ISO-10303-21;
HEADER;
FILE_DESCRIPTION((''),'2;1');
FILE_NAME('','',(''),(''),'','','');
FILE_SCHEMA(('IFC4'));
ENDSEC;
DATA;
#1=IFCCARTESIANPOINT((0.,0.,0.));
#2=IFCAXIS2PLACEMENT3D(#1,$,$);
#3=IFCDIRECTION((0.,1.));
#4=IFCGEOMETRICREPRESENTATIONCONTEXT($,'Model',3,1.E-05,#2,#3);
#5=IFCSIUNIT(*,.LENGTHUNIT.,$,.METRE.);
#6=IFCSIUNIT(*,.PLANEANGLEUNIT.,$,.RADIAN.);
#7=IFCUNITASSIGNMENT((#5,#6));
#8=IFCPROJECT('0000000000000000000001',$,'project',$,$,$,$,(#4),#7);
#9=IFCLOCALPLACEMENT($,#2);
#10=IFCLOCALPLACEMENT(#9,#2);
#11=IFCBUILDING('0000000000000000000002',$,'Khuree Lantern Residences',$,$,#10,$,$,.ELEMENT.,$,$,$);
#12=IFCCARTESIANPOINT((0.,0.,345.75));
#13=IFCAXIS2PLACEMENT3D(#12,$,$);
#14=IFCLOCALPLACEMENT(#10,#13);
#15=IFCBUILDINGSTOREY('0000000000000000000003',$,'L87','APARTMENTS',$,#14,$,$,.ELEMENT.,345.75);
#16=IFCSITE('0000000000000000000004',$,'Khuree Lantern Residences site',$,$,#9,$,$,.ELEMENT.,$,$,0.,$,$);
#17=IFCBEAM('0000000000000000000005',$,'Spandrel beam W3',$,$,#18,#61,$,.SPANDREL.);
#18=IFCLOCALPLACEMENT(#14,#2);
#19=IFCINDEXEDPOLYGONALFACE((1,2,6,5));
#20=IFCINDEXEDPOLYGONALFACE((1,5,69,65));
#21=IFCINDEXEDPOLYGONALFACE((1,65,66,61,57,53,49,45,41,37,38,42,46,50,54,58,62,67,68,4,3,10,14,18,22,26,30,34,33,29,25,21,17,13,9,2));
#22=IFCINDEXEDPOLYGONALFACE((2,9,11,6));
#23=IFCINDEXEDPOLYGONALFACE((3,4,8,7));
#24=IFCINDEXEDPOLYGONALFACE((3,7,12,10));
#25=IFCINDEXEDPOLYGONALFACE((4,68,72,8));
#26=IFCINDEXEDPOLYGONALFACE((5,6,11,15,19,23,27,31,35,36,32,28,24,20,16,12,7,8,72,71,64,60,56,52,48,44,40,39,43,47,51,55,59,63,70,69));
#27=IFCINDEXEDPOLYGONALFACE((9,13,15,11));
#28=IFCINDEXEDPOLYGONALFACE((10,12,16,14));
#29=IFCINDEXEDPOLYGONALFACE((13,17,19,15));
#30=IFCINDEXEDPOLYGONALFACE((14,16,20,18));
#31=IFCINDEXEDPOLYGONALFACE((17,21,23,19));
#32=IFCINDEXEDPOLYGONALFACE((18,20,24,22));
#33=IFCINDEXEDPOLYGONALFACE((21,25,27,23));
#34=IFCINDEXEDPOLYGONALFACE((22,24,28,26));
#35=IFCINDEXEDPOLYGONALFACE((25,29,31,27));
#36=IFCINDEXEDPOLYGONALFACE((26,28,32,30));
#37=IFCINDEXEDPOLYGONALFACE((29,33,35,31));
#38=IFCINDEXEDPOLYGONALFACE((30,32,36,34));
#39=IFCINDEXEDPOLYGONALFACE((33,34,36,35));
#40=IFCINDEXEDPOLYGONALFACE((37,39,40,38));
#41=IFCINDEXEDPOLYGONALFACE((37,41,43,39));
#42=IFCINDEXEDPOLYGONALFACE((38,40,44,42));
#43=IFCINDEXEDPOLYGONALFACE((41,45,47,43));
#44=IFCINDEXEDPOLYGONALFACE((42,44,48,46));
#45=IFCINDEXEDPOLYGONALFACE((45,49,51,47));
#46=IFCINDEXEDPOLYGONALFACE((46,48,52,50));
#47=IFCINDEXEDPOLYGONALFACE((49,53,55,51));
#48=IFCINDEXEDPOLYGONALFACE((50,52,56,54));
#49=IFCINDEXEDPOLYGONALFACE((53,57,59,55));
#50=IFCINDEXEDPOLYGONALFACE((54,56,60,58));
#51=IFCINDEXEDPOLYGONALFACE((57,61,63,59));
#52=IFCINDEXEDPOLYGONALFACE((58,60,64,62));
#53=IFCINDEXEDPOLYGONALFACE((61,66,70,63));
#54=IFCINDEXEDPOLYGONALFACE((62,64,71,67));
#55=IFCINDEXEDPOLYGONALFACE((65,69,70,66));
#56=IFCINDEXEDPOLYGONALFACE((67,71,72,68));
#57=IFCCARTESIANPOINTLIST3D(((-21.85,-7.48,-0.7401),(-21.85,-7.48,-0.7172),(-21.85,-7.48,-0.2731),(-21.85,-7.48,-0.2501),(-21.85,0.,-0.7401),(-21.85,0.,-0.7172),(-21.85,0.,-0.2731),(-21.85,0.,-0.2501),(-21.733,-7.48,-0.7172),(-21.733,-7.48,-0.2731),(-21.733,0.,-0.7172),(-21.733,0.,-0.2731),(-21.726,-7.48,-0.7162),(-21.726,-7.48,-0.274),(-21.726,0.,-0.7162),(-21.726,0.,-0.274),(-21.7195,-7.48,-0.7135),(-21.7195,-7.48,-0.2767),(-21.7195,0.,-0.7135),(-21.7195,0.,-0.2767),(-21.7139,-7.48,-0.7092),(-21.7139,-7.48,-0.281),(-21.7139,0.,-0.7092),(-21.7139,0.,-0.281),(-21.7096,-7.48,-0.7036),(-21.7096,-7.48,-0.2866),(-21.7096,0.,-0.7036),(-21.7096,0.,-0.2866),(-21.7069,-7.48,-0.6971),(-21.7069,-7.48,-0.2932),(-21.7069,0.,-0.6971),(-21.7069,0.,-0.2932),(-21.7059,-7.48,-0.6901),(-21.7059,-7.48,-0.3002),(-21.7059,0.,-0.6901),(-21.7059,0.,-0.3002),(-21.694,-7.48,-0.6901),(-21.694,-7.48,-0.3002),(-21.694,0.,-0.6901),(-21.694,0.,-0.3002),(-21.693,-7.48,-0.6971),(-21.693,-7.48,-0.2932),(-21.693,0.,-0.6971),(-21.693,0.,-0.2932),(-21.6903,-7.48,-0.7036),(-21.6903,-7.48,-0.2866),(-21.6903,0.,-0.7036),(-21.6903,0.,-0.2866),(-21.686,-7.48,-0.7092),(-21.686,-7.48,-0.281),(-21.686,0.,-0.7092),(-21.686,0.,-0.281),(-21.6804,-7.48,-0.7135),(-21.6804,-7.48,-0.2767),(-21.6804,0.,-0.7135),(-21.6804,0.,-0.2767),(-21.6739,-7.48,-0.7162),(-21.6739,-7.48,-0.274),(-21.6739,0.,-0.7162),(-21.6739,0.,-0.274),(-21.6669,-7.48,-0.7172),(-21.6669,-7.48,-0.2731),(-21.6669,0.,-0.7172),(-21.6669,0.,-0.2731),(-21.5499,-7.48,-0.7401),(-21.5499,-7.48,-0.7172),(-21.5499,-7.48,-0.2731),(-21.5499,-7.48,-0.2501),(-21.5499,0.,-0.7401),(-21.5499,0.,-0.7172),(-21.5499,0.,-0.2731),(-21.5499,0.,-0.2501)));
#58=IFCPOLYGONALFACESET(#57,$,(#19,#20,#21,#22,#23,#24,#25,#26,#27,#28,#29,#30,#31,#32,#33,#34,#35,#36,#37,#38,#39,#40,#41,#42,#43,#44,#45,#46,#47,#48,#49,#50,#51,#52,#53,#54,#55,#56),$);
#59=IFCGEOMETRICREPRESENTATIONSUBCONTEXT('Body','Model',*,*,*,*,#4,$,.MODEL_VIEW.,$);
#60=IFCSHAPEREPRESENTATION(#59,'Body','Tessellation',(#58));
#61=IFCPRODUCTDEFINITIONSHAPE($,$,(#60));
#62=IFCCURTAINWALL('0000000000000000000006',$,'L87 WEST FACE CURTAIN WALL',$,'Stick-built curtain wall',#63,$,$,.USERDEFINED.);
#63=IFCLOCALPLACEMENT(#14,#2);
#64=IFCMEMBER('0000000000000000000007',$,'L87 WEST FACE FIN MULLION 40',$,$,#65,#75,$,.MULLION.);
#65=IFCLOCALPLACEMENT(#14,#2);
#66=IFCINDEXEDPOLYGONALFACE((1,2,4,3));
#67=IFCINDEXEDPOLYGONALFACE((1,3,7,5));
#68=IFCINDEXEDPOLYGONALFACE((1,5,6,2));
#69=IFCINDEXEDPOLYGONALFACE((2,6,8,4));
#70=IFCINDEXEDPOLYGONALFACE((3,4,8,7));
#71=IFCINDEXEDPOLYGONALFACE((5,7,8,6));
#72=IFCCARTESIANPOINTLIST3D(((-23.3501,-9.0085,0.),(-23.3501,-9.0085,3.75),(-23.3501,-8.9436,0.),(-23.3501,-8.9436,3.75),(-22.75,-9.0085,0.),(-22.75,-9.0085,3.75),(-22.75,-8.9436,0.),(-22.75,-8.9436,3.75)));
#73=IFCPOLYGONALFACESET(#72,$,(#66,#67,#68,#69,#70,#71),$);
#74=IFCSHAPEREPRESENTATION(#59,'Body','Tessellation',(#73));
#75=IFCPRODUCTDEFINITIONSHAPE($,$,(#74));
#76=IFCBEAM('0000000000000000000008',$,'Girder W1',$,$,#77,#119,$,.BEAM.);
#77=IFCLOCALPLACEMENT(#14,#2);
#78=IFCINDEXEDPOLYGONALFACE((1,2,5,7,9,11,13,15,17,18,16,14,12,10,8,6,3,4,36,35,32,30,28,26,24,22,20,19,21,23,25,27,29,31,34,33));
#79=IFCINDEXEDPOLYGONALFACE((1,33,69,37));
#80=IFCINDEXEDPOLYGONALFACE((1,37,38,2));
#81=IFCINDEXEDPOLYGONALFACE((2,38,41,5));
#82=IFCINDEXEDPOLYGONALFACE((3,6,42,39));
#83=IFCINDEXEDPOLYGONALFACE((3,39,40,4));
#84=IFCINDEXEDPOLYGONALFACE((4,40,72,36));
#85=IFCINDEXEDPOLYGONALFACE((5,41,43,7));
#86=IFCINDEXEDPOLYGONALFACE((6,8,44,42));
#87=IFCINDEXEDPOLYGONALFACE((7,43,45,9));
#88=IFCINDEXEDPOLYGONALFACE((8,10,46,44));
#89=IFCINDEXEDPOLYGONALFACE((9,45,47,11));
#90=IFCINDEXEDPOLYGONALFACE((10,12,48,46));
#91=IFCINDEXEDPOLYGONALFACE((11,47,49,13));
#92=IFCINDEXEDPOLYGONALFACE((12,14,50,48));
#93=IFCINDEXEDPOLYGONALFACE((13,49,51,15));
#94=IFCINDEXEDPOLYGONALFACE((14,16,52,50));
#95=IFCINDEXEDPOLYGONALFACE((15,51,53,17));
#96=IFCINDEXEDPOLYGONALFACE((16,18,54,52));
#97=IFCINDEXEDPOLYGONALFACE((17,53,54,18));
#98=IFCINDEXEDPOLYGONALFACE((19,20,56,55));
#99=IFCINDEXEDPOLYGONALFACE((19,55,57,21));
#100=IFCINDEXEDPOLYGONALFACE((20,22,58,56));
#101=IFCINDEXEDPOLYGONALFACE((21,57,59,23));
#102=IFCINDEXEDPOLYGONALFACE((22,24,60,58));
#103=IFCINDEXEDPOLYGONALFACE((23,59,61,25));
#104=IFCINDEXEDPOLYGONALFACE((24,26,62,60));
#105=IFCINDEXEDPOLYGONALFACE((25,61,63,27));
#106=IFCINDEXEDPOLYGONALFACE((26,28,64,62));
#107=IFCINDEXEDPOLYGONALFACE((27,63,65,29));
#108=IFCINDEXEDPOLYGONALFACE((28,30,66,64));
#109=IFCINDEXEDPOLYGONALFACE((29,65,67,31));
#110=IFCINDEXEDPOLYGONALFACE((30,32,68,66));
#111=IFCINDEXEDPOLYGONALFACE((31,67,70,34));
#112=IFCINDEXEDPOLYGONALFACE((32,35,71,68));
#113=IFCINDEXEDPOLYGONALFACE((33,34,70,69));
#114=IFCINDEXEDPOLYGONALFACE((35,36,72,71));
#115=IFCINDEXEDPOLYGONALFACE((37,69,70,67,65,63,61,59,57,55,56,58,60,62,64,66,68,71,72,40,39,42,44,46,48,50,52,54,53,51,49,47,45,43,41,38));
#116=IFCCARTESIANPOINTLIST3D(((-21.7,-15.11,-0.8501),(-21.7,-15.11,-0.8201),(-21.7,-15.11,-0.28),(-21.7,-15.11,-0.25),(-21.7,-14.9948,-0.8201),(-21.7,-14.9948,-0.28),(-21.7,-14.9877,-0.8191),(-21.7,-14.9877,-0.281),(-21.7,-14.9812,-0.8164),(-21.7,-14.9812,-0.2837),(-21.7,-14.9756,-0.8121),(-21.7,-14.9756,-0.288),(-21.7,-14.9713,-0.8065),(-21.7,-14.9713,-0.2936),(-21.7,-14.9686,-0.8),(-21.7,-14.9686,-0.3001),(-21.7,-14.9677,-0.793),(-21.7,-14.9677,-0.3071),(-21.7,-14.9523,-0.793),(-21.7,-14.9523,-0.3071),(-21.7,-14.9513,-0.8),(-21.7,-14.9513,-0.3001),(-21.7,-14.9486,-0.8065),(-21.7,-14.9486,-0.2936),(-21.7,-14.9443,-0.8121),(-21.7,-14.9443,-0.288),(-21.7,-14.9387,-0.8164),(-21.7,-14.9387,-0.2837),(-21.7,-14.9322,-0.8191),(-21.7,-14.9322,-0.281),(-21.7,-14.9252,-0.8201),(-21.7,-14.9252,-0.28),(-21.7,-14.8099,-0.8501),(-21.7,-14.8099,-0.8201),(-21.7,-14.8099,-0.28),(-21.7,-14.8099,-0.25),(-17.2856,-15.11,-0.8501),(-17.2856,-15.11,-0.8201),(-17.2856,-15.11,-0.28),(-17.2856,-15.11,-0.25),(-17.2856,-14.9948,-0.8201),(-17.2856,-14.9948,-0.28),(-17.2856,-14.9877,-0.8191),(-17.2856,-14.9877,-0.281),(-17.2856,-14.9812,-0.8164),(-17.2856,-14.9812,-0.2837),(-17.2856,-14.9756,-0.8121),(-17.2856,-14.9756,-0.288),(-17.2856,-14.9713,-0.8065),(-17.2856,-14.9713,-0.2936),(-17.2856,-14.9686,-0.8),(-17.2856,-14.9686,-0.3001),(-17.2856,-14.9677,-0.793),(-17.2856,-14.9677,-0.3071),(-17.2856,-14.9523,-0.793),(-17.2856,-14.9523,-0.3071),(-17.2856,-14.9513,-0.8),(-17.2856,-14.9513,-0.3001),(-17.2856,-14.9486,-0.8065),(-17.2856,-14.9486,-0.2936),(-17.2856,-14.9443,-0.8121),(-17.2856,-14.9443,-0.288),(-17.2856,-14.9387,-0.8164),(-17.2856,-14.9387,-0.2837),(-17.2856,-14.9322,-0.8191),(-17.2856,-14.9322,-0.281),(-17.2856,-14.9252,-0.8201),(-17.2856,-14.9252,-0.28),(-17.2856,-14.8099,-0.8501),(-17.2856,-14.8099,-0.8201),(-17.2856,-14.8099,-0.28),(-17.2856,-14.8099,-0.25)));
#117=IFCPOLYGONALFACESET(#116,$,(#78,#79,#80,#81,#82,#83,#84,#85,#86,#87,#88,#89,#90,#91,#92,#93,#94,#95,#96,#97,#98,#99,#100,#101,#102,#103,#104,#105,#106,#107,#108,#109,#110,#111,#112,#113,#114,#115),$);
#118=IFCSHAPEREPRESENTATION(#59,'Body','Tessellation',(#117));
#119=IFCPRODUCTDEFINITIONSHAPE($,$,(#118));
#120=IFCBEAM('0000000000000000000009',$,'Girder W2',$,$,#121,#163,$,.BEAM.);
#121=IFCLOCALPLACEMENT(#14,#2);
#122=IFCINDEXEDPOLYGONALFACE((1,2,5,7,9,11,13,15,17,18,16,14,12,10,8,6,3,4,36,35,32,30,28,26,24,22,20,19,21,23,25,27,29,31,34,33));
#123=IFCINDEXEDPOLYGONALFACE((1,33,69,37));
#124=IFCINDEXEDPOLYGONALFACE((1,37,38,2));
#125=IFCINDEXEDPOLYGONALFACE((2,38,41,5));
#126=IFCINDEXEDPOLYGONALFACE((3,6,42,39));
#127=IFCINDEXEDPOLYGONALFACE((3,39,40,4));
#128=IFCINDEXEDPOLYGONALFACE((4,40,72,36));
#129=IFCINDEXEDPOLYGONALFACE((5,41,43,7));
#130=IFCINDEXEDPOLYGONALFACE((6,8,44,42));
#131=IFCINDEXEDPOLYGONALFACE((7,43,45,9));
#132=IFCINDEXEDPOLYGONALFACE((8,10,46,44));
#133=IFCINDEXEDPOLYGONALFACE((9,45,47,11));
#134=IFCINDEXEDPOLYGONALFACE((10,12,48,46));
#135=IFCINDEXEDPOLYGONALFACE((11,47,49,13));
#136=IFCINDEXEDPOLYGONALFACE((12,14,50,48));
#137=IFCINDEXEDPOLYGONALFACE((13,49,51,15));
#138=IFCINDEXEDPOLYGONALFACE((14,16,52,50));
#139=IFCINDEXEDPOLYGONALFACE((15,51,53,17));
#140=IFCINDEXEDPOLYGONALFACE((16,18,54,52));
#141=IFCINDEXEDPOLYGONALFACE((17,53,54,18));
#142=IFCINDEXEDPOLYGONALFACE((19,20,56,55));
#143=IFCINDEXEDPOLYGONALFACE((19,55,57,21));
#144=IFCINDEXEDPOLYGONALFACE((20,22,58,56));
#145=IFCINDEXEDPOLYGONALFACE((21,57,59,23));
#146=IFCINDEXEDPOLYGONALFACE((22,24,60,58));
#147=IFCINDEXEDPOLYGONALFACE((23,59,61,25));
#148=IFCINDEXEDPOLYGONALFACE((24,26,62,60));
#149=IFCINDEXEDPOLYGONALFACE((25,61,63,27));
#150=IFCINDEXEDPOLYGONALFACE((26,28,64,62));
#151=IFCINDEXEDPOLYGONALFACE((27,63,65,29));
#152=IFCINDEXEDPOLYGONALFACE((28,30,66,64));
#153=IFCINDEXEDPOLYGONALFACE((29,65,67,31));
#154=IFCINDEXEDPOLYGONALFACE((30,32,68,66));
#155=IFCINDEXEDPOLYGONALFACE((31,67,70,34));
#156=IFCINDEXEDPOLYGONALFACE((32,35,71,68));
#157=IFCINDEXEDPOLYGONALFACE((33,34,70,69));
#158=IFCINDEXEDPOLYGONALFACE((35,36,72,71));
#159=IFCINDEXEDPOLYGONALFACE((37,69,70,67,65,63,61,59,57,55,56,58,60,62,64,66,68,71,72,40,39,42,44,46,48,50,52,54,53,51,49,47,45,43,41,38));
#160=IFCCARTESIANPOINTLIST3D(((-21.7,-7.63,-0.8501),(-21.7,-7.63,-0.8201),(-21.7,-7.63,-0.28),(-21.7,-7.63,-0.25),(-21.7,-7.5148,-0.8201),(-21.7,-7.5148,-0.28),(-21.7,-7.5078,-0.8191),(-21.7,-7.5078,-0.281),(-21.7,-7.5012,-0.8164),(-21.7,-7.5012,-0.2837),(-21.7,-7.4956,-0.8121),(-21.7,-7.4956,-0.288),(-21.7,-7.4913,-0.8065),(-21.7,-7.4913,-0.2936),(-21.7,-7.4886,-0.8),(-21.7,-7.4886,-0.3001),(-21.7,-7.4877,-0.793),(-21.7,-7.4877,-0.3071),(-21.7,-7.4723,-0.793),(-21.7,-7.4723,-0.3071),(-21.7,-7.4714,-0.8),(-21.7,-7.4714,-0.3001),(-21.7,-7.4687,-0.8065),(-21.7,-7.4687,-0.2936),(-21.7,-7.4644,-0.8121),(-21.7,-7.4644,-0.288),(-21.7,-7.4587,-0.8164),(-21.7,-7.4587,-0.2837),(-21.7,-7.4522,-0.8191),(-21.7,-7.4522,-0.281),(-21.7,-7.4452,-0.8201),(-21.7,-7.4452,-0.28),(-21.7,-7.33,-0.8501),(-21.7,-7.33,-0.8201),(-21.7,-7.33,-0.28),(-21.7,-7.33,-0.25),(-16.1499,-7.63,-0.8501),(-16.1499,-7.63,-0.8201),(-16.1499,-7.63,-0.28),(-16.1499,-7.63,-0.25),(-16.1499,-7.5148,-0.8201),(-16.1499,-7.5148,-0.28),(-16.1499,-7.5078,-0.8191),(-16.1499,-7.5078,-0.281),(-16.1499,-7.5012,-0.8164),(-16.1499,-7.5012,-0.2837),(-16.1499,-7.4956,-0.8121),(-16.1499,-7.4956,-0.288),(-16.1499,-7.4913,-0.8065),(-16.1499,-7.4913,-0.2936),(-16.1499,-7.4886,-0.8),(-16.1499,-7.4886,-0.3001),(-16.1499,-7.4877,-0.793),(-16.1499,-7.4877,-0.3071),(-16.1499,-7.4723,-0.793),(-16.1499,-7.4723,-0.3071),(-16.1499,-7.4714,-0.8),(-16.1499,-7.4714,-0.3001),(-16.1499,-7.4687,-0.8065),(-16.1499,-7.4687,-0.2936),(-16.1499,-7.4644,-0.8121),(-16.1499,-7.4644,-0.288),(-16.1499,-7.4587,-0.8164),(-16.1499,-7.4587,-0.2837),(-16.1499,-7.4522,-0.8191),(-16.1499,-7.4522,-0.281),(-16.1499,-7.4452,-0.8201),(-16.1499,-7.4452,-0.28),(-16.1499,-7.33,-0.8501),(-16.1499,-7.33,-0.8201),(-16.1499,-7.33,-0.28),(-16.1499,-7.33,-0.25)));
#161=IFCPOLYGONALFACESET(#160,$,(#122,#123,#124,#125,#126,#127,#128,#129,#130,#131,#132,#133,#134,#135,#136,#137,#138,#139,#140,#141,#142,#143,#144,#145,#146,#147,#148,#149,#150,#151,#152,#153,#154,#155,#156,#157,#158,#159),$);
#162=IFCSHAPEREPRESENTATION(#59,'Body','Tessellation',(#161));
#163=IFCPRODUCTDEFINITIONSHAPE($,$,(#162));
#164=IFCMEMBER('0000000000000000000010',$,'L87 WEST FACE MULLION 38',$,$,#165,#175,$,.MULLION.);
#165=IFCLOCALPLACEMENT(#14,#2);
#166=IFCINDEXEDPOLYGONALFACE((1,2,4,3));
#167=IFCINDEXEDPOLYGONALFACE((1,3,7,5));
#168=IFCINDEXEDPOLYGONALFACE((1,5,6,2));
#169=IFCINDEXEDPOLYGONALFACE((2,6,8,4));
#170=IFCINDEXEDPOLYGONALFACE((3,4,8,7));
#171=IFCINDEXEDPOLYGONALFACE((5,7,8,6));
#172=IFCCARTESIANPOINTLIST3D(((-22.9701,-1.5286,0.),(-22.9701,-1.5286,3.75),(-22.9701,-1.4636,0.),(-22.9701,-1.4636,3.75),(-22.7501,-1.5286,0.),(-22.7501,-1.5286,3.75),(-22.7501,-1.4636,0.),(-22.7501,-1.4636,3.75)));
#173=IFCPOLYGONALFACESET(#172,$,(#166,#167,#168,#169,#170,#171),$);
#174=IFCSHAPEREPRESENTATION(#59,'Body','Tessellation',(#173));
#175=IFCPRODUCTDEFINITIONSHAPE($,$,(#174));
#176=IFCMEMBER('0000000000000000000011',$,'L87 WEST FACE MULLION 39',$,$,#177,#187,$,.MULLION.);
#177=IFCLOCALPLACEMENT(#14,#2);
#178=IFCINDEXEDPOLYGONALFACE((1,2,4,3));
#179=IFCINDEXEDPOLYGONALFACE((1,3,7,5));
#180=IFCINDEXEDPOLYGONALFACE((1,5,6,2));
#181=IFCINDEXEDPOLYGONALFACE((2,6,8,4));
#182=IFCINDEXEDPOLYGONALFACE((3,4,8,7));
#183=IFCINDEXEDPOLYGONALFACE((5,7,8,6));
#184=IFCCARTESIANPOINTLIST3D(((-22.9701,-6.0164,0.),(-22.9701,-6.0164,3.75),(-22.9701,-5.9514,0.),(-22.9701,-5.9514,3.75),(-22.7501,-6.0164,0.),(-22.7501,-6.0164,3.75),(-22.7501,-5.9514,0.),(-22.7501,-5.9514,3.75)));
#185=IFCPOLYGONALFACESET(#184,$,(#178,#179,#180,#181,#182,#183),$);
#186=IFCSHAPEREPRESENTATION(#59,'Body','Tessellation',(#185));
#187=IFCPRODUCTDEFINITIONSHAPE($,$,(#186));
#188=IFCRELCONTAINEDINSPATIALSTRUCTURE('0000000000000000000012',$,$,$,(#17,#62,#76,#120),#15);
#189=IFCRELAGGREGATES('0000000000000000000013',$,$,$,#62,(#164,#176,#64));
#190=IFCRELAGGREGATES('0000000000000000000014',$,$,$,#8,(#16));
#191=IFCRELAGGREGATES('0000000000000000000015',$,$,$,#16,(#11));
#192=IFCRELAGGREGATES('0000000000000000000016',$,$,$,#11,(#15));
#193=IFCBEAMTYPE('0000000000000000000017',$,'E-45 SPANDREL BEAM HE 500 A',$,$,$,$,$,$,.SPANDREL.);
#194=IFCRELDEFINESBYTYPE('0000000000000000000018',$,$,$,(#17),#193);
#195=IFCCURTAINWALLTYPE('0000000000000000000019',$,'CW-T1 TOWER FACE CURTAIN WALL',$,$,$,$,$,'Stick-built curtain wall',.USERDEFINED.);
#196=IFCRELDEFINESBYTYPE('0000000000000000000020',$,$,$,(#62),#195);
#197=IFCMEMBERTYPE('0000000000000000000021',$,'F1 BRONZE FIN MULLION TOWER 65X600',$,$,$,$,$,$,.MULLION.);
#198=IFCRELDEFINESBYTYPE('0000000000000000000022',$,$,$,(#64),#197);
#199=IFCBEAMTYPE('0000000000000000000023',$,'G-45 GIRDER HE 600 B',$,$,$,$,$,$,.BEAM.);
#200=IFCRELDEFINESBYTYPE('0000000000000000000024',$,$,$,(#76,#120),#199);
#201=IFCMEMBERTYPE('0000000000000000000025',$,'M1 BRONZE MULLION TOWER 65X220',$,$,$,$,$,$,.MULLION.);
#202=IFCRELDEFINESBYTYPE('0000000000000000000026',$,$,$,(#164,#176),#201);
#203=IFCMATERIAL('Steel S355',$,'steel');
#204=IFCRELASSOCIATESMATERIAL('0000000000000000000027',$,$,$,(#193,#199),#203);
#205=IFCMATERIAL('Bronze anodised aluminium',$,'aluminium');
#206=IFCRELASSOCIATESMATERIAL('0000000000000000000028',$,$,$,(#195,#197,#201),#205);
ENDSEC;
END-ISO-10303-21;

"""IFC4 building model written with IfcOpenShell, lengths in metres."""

from ifc_helpers import new_model, si_unit, direction, frame, origin, origin_2d, place, context, subcontext, project, spatial, rectangle, i_section, extrude, material, material_profile, profile_set, type_object, element, aggregate, save


model = new_model("IFC4")

# Units and contexts
model_context = context("Model", 3, precision=1e-05, world=origin(), true_north=direction((0.0, 1.0)))
body_context = subcontext(model_context, "Body", "Model", "MODEL_VIEW")
ifc_project = project(units=[si_unit("LENGTHUNIT", "METRE"), si_unit("PLANEANGLEUNIT", "RADIAN")], contexts=[model_context])

# Site, building, storey
site_placement = place(None, origin())
site = spatial("IfcSite", under=ifc_project, at=site_placement, Name="Khuree Lantern Residences site", CompositionType="ELEMENT", RefElevation=0.0)
building_placement = place(site_placement, origin())
building = spatial("IfcBuilding", under=site, at=building_placement, Name="Khuree Lantern Residences", CompositionType="ELEMENT")
storey_placement = place(building_placement, frame((0.0, 0.0, 345.75)))
storey = spatial("IfcBuildingStorey", under=building, at=storey_placement, Name="L87", Description="APARTMENTS", CompositionType="ELEMENT", Elevation=345.75)

# Beam
ifc_material_1 = material(Name="Steel S355", Category="steel")
ifc_material_profile_1 = material_profile(ifc_material_1, i_section(OverallWidth=0.3, OverallDepth=0.49, WebThickness=0.012, FlangeThickness=0.0229, FilletRadius=0.0271, at=origin_2d()), Name="HE 500 A")
ifc_profile_set_1 = profile_set([ifc_material_profile_1], Name="Steel S355")
beam_type_1 = type_object("IfcBeamType", Name="E-45 SPANDREL BEAM HE 500 A", PredefinedType="SPANDREL", material=ifc_profile_set_1)
for number, where, z_axis, x_axis, name in (
    (1, (-21.7, -7.48, -0.4951), (0.0, 1.0, 0.0), (-1.0, 0.0, 0.0), "Spandrel beam W3"),
):
    element("IfcBeam", number, at=place(storey_placement, frame(where, z_axis=z_axis, x_axis=x_axis)), inside=storey, type_object=beam_type_1, Name=name, PredefinedType="SPANDREL", context=body_context, shape_type="SweptSolid", body=[
        extrude(i_section(OverallWidth=0.3, OverallDepth=0.49, WebThickness=0.012, FlangeThickness=0.0229, FilletRadius=0.0271, at=origin_2d()), origin(), (0.0, 0.0, 1.0), 7.48),
    ])

# Curtain wall, member
ifc_material_2 = material(Name="Bronze anodised aluminium", Category="aluminium")
curtain_wall_type = type_object("IfcCurtainWallType", Name="CW-T1 TOWER FACE CURTAIN WALL", ElementType="Stick-built curtain wall", PredefinedType="USERDEFINED", material=ifc_material_2)
curtain_wall_placement = place(storey_placement, origin())
curtain_wall = element("IfcCurtainWall", 2, at=curtain_wall_placement, inside=storey, type_object=curtain_wall_type, Name="L87 WEST FACE CURTAIN WALL", ObjectType="Stick-built curtain wall", PredefinedType="USERDEFINED")
ifc_material_profile_2 = material_profile(ifc_material_2, rectangle(XDim=0.0649, YDim=0.6001, at=origin_2d()), Name="F1 65X600")
ifc_profile_set_2 = profile_set([ifc_material_profile_2], Name="Bronze anodised aluminium")
member_type_1 = type_object("IfcMemberType", Name="F1 BRONZE FIN MULLION TOWER 65X600", PredefinedType="MULLION", material=ifc_profile_set_2)
member_1_placement = place(storey_placement, frame((-23.05, -8.9761, 0.0), z_axis=(0.0, 0.0, 1.0), x_axis=(0.0, -1.0, 0.0)))
member_1 = element("IfcMember", 3, at=member_1_placement, type_object=member_type_1, Name="L87 WEST FACE FIN MULLION 40", PredefinedType="MULLION", context=body_context, shape_type="SweptSolid", body=[
    extrude(rectangle(XDim=0.0649, YDim=0.6001, at=origin_2d()), origin(), (0.0, 0.0, 1.0), 3.75),
])

# Beams
ifc_material_profile_3 = material_profile(ifc_material_1, i_section(OverallWidth=0.3, OverallDepth=0.6001, WebThickness=0.0154, FlangeThickness=0.03, FilletRadius=0.0271, at=origin_2d()), Name="HE 600 B")
ifc_profile_set_3 = profile_set([ifc_material_profile_3], Name="Steel S355")
beam_type_2 = type_object("IfcBeamType", Name="G-45 GIRDER HE 600 B", PredefinedType="BEAM", material=ifc_profile_set_3)
beam_1_placement = place(storey_placement, frame((-21.7, -14.96, -0.55), z_axis=(1.0, 0.0, 0.0), x_axis=(0.0, 1.0, 0.0)))
element("IfcBeam", 4, at=beam_1_placement, inside=storey, type_object=beam_type_2, Name="Girder W1", PredefinedType="BEAM", context=body_context, shape_type="SweptSolid", body=[
    extrude(i_section(OverallWidth=0.3, OverallDepth=0.6001, WebThickness=0.0154, FlangeThickness=0.03, FilletRadius=0.0271, at=origin_2d()), origin(), (0.0, 0.0, 1.0), 4.4143),
])
beam_2_placement = place(storey_placement, frame((-21.7, -7.48, -0.55), z_axis=(1.0, 0.0, 0.0), x_axis=(0.0, 1.0, 0.0)))
element("IfcBeam", 5, at=beam_2_placement, inside=storey, type_object=beam_type_2, Name="Girder W2", PredefinedType="BEAM", context=body_context, shape_type="SweptSolid", body=[
    extrude(i_section(OverallWidth=0.3, OverallDepth=0.6001, WebThickness=0.0154, FlangeThickness=0.03, FilletRadius=0.0271, at=origin_2d()), origin(), (0.0, 0.0, 1.0), 5.55),
])

# Members
ifc_material_profile_4 = material_profile(ifc_material_2, rectangle(XDim=0.0649, YDim=0.22, at=origin_2d()), Name="M1 65X220")
ifc_profile_set_4 = profile_set([ifc_material_profile_4], Name="Bronze anodised aluminium")
member_type_2 = type_object("IfcMemberType", Name="M1 BRONZE MULLION TOWER 65X220", PredefinedType="MULLION", material=ifc_profile_set_4)
member_2_placement = place(storey_placement, frame((-22.8601, -1.4961, 0.0), z_axis=(0.0, 0.0, 1.0), x_axis=(0.0, -1.0, 0.0)))
member_2 = element("IfcMember", 6, at=member_2_placement, type_object=member_type_2, Name="L87 WEST FACE MULLION 38", PredefinedType="MULLION", context=body_context, shape_type="SweptSolid", body=[
    extrude(rectangle(XDim=0.0649, YDim=0.22, at=origin_2d()), origin(), (0.0, 0.0, 1.0), 3.75),
])
member_3_placement = place(storey_placement, frame((-22.8601, -5.9839, 0.0), z_axis=(0.0, 0.0, 1.0), x_axis=(0.0, -1.0, 0.0)))
member_3 = element("IfcMember", 7, at=member_3_placement, type_object=member_type_2, Name="L87 WEST FACE MULLION 39", PredefinedType="MULLION", context=body_context, shape_type="SweptSolid", body=[
    extrude(rectangle(XDim=0.0649, YDim=0.22, at=origin_2d()), origin(), (0.0, 0.0, 1.0), 3.75),
])

aggregate(curtain_wall, [member_2, member_3, member_1])

save(model, "model.ifc")
